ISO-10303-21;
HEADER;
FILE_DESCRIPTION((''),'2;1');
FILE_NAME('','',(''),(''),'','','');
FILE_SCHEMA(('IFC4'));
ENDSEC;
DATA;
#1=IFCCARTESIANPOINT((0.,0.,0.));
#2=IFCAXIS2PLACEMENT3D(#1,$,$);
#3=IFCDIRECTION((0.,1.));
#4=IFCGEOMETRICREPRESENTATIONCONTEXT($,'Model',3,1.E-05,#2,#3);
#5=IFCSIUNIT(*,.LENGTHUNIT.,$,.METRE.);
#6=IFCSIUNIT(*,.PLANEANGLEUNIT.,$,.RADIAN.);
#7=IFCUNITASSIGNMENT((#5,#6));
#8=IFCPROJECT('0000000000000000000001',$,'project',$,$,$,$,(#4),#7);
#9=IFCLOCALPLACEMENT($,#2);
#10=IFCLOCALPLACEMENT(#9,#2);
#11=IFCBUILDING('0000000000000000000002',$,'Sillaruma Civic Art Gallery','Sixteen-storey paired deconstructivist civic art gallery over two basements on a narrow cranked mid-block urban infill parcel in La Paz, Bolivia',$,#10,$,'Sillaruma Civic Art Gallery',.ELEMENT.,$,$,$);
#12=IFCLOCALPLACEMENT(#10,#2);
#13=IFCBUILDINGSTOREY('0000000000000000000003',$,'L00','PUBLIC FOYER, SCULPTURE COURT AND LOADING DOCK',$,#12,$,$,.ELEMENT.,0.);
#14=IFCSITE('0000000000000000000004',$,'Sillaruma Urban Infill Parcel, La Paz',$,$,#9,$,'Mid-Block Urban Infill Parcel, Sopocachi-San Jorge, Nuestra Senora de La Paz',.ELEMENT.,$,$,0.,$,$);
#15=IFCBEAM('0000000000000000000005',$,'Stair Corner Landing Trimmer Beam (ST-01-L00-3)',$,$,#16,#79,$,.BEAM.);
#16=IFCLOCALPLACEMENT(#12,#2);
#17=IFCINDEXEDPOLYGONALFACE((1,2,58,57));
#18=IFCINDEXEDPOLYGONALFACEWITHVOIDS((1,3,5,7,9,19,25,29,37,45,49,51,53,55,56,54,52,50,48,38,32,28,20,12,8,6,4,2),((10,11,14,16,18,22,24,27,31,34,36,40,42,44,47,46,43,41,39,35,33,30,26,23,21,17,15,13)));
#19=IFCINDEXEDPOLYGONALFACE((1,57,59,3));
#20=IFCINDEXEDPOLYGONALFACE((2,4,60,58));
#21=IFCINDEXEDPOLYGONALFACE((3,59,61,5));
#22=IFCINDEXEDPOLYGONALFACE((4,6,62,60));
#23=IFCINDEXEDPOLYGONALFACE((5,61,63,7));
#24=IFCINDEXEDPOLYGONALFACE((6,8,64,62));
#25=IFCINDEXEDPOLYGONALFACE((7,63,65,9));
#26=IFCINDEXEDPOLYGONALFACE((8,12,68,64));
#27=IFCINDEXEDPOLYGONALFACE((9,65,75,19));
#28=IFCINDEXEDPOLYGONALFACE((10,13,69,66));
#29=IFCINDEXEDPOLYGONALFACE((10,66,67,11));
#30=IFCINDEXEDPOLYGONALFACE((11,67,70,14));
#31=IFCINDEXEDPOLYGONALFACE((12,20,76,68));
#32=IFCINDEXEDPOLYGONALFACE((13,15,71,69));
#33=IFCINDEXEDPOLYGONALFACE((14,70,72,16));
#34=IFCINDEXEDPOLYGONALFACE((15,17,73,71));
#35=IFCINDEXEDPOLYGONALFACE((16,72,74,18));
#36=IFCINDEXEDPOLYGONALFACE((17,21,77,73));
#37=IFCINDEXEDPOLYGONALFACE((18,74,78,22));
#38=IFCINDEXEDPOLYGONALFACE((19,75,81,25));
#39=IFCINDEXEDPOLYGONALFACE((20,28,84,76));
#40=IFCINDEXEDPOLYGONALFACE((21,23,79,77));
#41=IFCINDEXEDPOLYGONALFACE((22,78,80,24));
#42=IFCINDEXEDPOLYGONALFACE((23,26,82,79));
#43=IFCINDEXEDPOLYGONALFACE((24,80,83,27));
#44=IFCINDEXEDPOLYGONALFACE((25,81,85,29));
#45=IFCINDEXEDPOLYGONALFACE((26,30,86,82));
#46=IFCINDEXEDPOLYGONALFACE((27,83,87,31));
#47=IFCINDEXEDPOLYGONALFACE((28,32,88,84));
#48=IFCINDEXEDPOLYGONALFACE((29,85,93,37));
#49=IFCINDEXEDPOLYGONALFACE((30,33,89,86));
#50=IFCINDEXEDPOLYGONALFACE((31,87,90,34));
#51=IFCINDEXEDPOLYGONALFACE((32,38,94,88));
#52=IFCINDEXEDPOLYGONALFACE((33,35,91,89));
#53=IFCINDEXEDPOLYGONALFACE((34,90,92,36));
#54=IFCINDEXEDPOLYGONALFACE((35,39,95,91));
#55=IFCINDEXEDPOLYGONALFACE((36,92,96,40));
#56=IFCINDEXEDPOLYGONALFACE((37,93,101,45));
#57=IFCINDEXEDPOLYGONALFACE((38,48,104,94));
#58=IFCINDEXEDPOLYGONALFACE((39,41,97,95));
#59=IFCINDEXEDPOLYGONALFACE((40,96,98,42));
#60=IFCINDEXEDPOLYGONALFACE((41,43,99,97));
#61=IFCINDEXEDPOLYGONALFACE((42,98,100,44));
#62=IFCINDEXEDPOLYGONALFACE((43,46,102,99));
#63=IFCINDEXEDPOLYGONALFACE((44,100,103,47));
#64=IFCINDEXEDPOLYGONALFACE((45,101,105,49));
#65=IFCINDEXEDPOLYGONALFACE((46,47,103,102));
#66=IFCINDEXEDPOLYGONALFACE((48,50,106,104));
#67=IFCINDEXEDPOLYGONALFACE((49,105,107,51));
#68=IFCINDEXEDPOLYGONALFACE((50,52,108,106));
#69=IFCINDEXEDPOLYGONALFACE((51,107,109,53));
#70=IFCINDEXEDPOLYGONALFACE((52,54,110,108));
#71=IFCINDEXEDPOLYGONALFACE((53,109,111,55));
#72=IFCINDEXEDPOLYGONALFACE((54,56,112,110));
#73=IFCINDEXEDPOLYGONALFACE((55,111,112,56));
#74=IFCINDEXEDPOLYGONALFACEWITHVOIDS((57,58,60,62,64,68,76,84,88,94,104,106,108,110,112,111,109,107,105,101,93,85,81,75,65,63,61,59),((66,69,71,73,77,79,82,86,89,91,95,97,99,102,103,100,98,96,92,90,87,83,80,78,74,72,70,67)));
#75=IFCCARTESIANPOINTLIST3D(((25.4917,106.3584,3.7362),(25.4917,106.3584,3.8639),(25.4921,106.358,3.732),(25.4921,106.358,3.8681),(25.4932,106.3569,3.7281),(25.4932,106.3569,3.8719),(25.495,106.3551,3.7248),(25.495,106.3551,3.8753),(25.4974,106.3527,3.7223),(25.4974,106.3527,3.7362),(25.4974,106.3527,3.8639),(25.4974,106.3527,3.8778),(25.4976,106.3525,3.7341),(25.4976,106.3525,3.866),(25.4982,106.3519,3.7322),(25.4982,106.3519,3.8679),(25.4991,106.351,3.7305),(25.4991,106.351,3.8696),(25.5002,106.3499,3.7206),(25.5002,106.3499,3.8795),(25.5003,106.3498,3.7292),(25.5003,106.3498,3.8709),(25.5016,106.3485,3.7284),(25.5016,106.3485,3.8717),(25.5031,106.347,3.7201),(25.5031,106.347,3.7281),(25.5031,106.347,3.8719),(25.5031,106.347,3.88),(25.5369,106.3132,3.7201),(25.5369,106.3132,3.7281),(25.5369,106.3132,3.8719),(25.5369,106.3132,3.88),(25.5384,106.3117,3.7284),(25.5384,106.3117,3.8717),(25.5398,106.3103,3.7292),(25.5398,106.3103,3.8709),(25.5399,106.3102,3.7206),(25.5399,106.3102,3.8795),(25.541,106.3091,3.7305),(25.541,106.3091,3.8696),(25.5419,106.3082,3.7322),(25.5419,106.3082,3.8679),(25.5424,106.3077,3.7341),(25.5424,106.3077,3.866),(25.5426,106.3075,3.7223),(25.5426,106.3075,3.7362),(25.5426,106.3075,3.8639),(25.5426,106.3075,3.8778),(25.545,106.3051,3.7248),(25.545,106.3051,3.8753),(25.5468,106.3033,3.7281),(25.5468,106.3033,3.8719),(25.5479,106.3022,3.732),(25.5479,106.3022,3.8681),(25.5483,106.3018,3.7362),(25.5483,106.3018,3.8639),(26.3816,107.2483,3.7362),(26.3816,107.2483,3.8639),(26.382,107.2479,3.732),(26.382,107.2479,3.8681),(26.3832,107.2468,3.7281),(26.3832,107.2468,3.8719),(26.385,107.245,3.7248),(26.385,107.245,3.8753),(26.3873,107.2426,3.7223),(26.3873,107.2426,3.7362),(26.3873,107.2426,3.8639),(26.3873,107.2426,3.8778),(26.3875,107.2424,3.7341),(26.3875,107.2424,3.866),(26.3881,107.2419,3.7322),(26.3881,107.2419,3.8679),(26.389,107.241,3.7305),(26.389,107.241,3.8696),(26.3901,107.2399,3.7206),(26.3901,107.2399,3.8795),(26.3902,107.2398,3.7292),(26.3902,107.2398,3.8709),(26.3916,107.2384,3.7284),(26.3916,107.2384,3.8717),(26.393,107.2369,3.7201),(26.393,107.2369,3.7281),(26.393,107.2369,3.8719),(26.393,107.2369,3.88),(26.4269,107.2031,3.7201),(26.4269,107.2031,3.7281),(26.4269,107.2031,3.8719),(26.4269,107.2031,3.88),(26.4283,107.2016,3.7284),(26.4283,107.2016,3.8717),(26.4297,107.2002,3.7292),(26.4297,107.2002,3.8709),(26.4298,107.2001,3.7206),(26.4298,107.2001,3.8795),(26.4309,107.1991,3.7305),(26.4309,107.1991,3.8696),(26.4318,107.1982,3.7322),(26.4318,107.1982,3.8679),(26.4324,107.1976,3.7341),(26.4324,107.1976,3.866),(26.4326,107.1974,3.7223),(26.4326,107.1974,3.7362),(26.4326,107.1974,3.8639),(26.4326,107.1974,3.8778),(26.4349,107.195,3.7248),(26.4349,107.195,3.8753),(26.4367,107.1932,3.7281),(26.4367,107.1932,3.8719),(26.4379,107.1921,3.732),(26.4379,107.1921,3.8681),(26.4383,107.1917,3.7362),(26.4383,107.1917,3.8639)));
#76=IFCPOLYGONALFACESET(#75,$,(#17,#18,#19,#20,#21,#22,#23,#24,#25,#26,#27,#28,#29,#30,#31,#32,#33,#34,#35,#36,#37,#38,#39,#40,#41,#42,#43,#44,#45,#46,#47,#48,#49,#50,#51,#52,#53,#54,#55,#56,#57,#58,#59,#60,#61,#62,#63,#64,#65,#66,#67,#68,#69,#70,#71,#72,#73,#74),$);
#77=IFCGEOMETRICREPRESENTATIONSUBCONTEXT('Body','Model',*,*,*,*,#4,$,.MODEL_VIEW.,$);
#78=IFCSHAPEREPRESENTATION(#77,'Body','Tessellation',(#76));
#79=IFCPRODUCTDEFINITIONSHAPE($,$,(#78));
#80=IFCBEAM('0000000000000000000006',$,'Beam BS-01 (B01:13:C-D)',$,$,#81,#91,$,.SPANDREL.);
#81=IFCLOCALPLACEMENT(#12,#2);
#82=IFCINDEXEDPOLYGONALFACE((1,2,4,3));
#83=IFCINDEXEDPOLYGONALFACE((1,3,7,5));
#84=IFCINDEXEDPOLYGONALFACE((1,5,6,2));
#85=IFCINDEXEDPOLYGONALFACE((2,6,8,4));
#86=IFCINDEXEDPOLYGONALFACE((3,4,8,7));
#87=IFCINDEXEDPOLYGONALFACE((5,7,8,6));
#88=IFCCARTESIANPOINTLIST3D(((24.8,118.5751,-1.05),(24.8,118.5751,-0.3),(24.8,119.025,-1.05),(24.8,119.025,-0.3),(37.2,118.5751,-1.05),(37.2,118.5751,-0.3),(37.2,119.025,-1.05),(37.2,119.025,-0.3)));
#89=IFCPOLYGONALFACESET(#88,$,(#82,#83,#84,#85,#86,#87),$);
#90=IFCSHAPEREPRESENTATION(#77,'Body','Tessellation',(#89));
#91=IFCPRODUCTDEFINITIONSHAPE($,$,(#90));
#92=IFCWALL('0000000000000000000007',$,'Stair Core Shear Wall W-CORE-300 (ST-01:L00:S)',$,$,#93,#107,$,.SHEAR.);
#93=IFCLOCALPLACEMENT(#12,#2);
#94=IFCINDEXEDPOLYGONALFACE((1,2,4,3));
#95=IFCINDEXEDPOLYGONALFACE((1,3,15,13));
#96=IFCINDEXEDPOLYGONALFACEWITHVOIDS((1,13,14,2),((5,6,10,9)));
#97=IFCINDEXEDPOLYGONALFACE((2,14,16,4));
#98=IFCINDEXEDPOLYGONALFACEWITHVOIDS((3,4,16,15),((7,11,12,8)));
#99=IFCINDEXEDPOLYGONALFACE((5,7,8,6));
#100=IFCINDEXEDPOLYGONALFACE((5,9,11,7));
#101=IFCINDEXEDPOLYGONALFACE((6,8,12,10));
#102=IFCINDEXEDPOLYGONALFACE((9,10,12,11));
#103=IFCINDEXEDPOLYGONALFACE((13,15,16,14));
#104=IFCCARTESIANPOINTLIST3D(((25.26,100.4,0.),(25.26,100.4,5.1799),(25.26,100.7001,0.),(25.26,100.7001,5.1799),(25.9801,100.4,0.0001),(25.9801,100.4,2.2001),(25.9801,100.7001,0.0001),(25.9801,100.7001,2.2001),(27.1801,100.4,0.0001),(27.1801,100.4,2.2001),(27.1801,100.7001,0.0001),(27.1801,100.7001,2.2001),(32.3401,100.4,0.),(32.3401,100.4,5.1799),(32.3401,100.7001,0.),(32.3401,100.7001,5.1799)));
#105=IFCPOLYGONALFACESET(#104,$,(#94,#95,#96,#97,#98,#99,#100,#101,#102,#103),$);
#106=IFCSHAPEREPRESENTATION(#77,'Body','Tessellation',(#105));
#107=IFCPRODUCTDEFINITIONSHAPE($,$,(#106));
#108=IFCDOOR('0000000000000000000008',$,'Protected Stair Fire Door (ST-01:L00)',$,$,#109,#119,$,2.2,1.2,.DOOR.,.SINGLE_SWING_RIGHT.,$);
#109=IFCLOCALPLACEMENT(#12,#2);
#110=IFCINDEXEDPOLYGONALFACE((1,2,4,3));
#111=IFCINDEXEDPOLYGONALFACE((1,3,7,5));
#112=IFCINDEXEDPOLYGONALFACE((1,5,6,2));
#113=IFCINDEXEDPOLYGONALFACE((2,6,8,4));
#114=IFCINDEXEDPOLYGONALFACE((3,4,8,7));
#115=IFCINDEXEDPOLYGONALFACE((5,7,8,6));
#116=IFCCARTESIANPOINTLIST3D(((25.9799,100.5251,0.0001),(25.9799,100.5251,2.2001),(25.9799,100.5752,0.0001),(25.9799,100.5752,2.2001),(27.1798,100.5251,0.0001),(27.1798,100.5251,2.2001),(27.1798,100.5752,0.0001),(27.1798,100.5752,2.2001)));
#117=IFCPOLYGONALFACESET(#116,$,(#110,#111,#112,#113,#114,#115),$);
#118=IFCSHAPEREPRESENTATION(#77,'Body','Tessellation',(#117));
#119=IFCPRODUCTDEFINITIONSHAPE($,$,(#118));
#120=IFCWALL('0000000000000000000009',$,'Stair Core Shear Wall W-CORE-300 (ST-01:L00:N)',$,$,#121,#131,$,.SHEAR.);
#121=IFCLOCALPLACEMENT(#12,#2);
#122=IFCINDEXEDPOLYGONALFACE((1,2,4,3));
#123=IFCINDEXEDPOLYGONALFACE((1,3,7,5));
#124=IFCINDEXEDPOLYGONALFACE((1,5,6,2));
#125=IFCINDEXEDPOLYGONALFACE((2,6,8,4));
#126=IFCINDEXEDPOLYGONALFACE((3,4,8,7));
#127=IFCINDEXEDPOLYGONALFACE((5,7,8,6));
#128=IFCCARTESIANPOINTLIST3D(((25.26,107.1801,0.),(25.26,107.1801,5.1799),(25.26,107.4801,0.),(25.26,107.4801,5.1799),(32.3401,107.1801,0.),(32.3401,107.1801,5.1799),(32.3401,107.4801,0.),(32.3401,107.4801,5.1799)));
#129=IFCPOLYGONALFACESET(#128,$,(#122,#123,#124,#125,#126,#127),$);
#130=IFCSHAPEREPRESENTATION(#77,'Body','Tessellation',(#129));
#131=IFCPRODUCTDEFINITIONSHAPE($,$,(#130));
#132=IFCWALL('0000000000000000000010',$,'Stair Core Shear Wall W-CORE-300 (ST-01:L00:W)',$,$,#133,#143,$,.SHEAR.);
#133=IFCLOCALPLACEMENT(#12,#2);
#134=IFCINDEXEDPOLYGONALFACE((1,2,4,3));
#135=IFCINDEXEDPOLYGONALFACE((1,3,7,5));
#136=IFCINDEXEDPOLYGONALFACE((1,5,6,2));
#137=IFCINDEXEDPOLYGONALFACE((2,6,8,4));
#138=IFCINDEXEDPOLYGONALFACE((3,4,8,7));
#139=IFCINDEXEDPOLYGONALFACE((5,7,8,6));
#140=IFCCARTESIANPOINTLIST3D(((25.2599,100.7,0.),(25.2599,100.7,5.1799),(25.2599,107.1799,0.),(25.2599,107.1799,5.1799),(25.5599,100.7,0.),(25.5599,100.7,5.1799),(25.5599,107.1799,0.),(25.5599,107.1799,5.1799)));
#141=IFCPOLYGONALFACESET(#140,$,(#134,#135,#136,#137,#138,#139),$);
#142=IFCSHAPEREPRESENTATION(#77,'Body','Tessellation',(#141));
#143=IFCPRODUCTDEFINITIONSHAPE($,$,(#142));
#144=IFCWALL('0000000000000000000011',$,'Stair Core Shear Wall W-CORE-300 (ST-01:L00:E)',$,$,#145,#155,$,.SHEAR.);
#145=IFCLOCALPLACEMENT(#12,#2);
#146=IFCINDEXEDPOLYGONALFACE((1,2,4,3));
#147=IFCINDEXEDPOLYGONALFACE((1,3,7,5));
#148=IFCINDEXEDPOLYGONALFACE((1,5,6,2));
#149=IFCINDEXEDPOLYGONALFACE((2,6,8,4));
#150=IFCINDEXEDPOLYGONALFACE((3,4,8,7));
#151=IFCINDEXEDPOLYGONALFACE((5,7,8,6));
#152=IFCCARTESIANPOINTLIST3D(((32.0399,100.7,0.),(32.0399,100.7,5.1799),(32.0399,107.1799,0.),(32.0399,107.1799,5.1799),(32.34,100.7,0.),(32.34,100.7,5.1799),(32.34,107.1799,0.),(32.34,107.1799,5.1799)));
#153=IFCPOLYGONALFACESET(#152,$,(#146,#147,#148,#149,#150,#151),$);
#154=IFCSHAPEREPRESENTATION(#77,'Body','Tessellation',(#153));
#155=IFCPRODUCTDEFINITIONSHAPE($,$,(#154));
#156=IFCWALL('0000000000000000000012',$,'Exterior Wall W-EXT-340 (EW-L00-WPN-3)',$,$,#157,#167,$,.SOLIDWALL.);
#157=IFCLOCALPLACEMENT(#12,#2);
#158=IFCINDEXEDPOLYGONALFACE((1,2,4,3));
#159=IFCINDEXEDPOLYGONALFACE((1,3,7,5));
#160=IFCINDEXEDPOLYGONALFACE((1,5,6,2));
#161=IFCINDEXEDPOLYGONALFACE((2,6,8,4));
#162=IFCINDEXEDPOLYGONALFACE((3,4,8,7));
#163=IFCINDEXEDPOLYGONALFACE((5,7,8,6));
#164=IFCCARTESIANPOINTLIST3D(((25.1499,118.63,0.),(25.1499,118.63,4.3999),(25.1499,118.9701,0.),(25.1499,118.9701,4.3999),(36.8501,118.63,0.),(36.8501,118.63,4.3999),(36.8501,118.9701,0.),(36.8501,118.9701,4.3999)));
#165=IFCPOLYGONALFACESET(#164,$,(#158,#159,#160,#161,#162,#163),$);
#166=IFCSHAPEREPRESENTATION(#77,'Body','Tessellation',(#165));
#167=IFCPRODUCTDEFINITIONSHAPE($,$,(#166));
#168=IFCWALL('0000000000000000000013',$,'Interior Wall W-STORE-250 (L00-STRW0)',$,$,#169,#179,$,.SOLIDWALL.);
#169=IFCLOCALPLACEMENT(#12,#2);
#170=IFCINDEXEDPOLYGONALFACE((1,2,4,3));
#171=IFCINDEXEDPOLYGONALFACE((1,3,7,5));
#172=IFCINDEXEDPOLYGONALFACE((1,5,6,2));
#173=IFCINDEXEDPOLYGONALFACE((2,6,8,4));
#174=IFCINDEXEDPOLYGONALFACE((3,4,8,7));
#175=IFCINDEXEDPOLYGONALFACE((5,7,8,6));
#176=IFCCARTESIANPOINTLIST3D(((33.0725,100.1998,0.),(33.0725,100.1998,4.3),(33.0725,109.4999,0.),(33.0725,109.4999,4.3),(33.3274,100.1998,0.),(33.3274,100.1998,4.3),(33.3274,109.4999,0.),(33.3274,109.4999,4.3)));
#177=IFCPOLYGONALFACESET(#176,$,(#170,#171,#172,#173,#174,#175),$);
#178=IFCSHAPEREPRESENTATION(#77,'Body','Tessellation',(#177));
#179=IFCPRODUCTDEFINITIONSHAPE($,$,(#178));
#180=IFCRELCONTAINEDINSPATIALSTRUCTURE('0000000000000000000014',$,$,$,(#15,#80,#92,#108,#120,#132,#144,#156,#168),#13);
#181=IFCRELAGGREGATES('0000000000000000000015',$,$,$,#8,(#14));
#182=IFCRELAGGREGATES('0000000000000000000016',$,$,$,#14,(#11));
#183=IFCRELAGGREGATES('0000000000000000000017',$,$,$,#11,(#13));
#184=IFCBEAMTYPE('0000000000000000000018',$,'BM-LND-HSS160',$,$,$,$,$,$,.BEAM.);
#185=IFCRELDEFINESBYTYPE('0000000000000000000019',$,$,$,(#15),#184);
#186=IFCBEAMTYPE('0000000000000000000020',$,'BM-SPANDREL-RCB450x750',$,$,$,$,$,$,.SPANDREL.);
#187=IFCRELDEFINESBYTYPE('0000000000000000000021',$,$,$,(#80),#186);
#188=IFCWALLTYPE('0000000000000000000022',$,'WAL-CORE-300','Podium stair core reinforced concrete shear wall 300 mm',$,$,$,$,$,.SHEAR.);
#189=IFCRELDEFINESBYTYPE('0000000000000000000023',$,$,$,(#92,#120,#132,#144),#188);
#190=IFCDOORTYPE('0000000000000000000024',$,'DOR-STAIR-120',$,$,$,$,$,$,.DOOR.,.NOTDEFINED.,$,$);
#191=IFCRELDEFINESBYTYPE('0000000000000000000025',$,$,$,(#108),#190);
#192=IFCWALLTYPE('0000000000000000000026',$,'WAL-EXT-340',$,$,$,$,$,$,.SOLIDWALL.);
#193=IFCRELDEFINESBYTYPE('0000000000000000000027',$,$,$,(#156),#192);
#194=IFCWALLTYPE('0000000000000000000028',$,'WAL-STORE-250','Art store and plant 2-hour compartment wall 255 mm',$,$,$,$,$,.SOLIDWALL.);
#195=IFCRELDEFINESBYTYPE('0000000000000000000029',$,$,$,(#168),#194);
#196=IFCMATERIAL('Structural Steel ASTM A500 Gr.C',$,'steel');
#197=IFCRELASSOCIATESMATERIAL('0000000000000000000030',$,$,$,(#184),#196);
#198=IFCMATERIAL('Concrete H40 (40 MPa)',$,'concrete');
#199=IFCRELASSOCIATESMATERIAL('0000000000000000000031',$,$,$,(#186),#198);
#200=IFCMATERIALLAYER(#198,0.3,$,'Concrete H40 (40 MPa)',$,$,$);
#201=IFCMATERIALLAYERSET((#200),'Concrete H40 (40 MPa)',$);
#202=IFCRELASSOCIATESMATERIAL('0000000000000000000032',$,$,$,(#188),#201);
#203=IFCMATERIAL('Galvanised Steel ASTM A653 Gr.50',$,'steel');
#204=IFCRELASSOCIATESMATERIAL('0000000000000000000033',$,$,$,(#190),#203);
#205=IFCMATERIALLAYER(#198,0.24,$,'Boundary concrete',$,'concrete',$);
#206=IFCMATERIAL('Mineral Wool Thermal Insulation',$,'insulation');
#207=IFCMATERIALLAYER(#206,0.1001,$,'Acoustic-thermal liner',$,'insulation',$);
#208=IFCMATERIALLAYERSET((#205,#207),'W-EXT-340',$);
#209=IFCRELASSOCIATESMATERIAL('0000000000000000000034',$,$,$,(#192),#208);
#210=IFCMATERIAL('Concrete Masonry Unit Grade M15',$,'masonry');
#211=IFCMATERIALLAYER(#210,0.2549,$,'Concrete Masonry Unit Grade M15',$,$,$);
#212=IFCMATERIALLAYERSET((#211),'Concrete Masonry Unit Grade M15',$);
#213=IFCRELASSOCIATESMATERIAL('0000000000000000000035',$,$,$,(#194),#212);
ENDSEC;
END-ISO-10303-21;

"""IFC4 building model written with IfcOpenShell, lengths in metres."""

from ifc_helpers import new_model, si_unit, direction, frame, frame_2d, origin, origin_2d, place, context, subcontext, project, spatial, rectangle, hollow_rectangle, extrude, material, layer, layer_set, material_profile, profile_set, type_object, element, fill, save


model = new_model("IFC4")

# Units and contexts
model_context = context("Model", 3, precision=1e-05, world=origin(), true_north=direction((0.0, 1.0)))
body_context = subcontext(model_context, "Body", "Model", "MODEL_VIEW")
ifc_project = project(units=[si_unit("LENGTHUNIT", "METRE"), si_unit("PLANEANGLEUNIT", "RADIAN")], contexts=[model_context])

# Site, building, storey
site_placement = place(None, origin())
site = spatial("IfcSite", under=ifc_project, at=site_placement, Name="Sillaruma Urban Infill Parcel, La Paz", LongName="Mid-Block Urban Infill Parcel, Sopocachi-San Jorge, Nuestra Senora de La Paz", CompositionType="ELEMENT", RefElevation=0.0)
building_placement = place(site_placement, origin())
building = spatial("IfcBuilding", under=site, at=building_placement, Name="Sillaruma Civic Art Gallery", Description="Sixteen-storey paired deconstructivist civic art gallery over two basements on a narrow cranked mid-block urban infill parcel in La Paz, Bolivia", LongName="Sillaruma Civic Art Gallery", CompositionType="ELEMENT")
storey_placement = place(building_placement, origin())
storey = spatial("IfcBuildingStorey", under=building, at=storey_placement, Name="L00", Description="PUBLIC FOYER, SCULPTURE COURT AND LOADING DOCK", CompositionType="ELEMENT", Elevation=0.0)

# Shared definitions
ifc_material_1 = material(Name="Concrete H40 (40 MPa)", Category="concrete")

# Beams
ifc_material_2 = material(Name="Structural Steel ASTM A500 Gr.C", Category="steel")
ifc_material_profile_1 = material_profile(ifc_material_2, hollow_rectangle(XDim=0.0801, YDim=0.1599, WallThickness=0.0081, InnerFilletRadius=0.0081, OuterFilletRadius=0.0161, at=origin_2d()), Name="HSS160x80x8")
ifc_profile_set_1 = profile_set([ifc_material_profile_1], Name="Structural Steel ASTM A500 Gr.C")
beam_type_1 = type_object("IfcBeamType", Name="BM-LND-HSS160", PredefinedType="BEAM", material=ifc_profile_set_1)
beam_1_placement = place(storey_placement, frame((25.52, 106.3301, 3.8), z_axis=(0.707107, 0.707107, 0.0), x_axis=(-0.707107, 0.707107, 0.0)))
element("IfcBeam", 1, at=beam_1_placement, inside=storey, type_object=beam_type_1, Name="Stair Corner Landing Trimmer Beam (ST-01-L00-3)", PredefinedType="BEAM", context=body_context, shape_type="SweptSolid", body=[
    extrude(hollow_rectangle(XDim=0.0801, YDim=0.1599, WallThickness=0.0081, InnerFilletRadius=0.0081, OuterFilletRadius=0.0161, at=origin_2d()), origin(), (0.0, 0.0, 1.0), 1.2585),
])
ifc_material_profile_2 = material_profile(ifc_material_1, rectangle(XDim=0.45, YDim=0.75, at=origin_2d()), Name="RCB450x750")
ifc_profile_set_2 = profile_set([ifc_material_profile_2], Name="Concrete H40 (40 MPa)")
beam_type_2 = type_object("IfcBeamType", Name="BM-SPANDREL-RCB450x750", PredefinedType="SPANDREL", material=ifc_profile_set_2)
beam_2_placement = place(storey_placement, frame((24.8, 118.8, -0.675), z_axis=(1.0, 0.0, 0.0), x_axis=(0.0, 1.0, 0.0)))
element("IfcBeam", 2, at=beam_2_placement, inside=storey, type_object=beam_type_2, Name="Beam BS-01 (B01:13:C-D)", PredefinedType="SPANDREL", context=body_context, shape_type="SweptSolid", body=[
    extrude(rectangle(XDim=0.45, YDim=0.75, at=origin_2d()), origin(), (0.0, 0.0, 1.0), 12.3999),
])

# Wall, opening, door
ifc_layer_1 = layer(ifc_material_1, 0.3, Name="Concrete H40 (40 MPa)")
ifc_layer_set_1 = layer_set([ifc_layer_1], Name="Concrete H40 (40 MPa)")
wall_type_1 = type_object("IfcWallType", Name="WAL-CORE-300", Description="Podium stair core reinforced concrete shear wall 300 mm", PredefinedType="SHEAR", material=ifc_layer_set_1)
wall_1_placement = place(storey_placement, frame((25.26, 100.55, 0.0), z_axis=(0.0, 0.0, 1.0), x_axis=(1.0, 0.0, 0.0)))
wall_1 = element("IfcWall", 3, at=wall_1_placement, inside=storey, type_object=wall_type_1, Name="Stair Core Shear Wall W-CORE-300 (ST-01:L00:S)", PredefinedType="SHEAR", context=body_context, shape_type="SweptSolid", body=[
    extrude(rectangle(XDim=7.0801, YDim=0.3, at=frame_2d((3.54, 0.0))), origin(), (0.0, 0.0, 1.0), 5.1799),
])
opening_placement = place(wall_1_placement, frame((0.72, 0.0, 0.0)))
opening = element("IfcOpeningElement", 4, at=opening_placement, cuts=wall_1, PredefinedType="OPENING", context=body_context, shape_type="SweptSolid", body=[
    extrude(rectangle(XDim=1.2, YDim=2.2, at=frame_2d((0.6001, 1.1001))), frame((0.0, 0.1599, 0.0), z_axis=(0.0, -1.0, 0.0), x_axis=(1.0, 0.0, 0.0)), (0.0, 0.0, 1.0), 0.3201),
])
ifc_material_3 = material(Name="Galvanised Steel ASTM A653 Gr.50", Category="steel")
door_type = type_object("IfcDoorType", Name="DOR-STAIR-120", OperationType="NOTDEFINED", PredefinedType="DOOR", material=ifc_material_3)
door_placement = place(opening_placement, frame((1.2, 0.0, 0.0), z_axis=(0.0, 0.0, 1.0), x_axis=(-1.0, 0.0, 0.0)))
door = element("IfcDoor", 5, at=door_placement, inside=storey, type_object=door_type, Name="Protected Stair Fire Door (ST-01:L00)", OperationType="SINGLE_SWING_RIGHT", OverallHeight=2.2, OverallWidth=1.2, PredefinedType="DOOR", context=body_context, shape_type="SweptSolid", body=[
    extrude(rectangle(XDim=1.2, YDim=2.2, at=frame_2d((0.6001, 1.1001))), frame((0.0, 0.0249, 0.0), z_axis=(0.0, -1.0, 0.0), x_axis=(1.0, 0.0, 0.0)), (0.0, 0.0, 1.0), 0.05),
])
fill(opening, door)

# Walls
wall_2_placement = place(storey_placement, frame((25.26, 107.3301, 0.0), z_axis=(0.0, 0.0, 1.0), x_axis=(1.0, 0.0, 0.0)))
element("IfcWall", 6, at=wall_2_placement, inside=storey, type_object=wall_type_1, Name="Stair Core Shear Wall W-CORE-300 (ST-01:L00:N)", PredefinedType="SHEAR", context=body_context, shape_type="SweptSolid", body=[
    extrude(rectangle(XDim=7.0801, YDim=0.3, at=frame_2d((3.54, 0.0))), origin(), (0.0, 0.0, 1.0), 5.1799),
])
for number, where, z_axis, x_axis, name in (
    (7, (25.4099, 100.7, 0.0), (0.0, 0.0, 1.0), (0.0, 1.0, 0.0), "Stair Core Shear Wall W-CORE-300 (ST-01:L00:W)"),
    (8, (32.1899, 100.7, 0.0), (0.0, 0.0, 1.0), (0.0, 1.0, 0.0), "Stair Core Shear Wall W-CORE-300 (ST-01:L00:E)"),
):
    element("IfcWall", number, at=place(storey_placement, frame(where, z_axis=z_axis, x_axis=x_axis)), inside=storey, type_object=wall_type_1, Name=name, PredefinedType="SHEAR", context=body_context, shape_type="SweptSolid", body=[
        extrude(rectangle(XDim=6.48, YDim=0.3, at=frame_2d((3.24, 0.0))), origin(), (0.0, 0.0, 1.0), 5.1799),
    ])
ifc_layer_2 = layer(ifc_material_1, 0.24, Name="Boundary concrete", Category="concrete")
ifc_material_4 = material(Name="Mineral Wool Thermal Insulation", Category="insulation")
ifc_layer_3 = layer(ifc_material_4, 0.1001, Name="Acoustic-thermal liner", Category="insulation")
ifc_layer_set_2 = layer_set([ifc_layer_2, ifc_layer_3], Name="W-EXT-340")
wall_type_2 = type_object("IfcWallType", Name="WAL-EXT-340", PredefinedType="SOLIDWALL", material=ifc_layer_set_2)
wall_3_placement = place(storey_placement, frame((25.1499, 118.8, 0.0), z_axis=(0.0, 0.0, 1.0), x_axis=(1.0, 0.0, 0.0)))
element("IfcWall", 9, at=wall_3_placement, inside=storey, type_object=wall_type_2, Name="Exterior Wall W-EXT-340 (EW-L00-WPN-3)", PredefinedType="SOLIDWALL", context=body_context, shape_type="SweptSolid", body=[
    extrude(rectangle(XDim=11.7002, YDim=0.3401, at=frame_2d((5.8501, 0.0))), origin(), (0.0, 0.0, 1.0), 4.3999),
])
ifc_material_5 = material(Name="Concrete Masonry Unit Grade M15", Category="masonry")
ifc_layer_4 = layer(ifc_material_5, 0.2549, Name="Concrete Masonry Unit Grade M15")
ifc_layer_set_3 = layer_set([ifc_layer_4], Name="Concrete Masonry Unit Grade M15")
wall_type_3 = type_object("IfcWallType", Name="WAL-STORE-250", Description="Art store and plant 2-hour compartment wall 255 mm", PredefinedType="SOLIDWALL", material=ifc_layer_set_3)
wall_4_placement = place(storey_placement, frame((33.2, 100.2, 0.0), z_axis=(0.0, 0.0, 1.0), x_axis=(0.0, 1.0, 0.0)))
element("IfcWall", 10, at=wall_4_placement, inside=storey, type_object=wall_type_3, Name="Interior Wall W-STORE-250 (L00-STRW0)", PredefinedType="SOLIDWALL", context=body_context, shape_type="SweptSolid", body=[
    extrude(rectangle(XDim=9.3, YDim=0.2549, at=frame_2d((4.6499, 0.0))), origin(), (0.0, 0.0, 1.0), 4.3),
])

save(model, "model.ifc")
